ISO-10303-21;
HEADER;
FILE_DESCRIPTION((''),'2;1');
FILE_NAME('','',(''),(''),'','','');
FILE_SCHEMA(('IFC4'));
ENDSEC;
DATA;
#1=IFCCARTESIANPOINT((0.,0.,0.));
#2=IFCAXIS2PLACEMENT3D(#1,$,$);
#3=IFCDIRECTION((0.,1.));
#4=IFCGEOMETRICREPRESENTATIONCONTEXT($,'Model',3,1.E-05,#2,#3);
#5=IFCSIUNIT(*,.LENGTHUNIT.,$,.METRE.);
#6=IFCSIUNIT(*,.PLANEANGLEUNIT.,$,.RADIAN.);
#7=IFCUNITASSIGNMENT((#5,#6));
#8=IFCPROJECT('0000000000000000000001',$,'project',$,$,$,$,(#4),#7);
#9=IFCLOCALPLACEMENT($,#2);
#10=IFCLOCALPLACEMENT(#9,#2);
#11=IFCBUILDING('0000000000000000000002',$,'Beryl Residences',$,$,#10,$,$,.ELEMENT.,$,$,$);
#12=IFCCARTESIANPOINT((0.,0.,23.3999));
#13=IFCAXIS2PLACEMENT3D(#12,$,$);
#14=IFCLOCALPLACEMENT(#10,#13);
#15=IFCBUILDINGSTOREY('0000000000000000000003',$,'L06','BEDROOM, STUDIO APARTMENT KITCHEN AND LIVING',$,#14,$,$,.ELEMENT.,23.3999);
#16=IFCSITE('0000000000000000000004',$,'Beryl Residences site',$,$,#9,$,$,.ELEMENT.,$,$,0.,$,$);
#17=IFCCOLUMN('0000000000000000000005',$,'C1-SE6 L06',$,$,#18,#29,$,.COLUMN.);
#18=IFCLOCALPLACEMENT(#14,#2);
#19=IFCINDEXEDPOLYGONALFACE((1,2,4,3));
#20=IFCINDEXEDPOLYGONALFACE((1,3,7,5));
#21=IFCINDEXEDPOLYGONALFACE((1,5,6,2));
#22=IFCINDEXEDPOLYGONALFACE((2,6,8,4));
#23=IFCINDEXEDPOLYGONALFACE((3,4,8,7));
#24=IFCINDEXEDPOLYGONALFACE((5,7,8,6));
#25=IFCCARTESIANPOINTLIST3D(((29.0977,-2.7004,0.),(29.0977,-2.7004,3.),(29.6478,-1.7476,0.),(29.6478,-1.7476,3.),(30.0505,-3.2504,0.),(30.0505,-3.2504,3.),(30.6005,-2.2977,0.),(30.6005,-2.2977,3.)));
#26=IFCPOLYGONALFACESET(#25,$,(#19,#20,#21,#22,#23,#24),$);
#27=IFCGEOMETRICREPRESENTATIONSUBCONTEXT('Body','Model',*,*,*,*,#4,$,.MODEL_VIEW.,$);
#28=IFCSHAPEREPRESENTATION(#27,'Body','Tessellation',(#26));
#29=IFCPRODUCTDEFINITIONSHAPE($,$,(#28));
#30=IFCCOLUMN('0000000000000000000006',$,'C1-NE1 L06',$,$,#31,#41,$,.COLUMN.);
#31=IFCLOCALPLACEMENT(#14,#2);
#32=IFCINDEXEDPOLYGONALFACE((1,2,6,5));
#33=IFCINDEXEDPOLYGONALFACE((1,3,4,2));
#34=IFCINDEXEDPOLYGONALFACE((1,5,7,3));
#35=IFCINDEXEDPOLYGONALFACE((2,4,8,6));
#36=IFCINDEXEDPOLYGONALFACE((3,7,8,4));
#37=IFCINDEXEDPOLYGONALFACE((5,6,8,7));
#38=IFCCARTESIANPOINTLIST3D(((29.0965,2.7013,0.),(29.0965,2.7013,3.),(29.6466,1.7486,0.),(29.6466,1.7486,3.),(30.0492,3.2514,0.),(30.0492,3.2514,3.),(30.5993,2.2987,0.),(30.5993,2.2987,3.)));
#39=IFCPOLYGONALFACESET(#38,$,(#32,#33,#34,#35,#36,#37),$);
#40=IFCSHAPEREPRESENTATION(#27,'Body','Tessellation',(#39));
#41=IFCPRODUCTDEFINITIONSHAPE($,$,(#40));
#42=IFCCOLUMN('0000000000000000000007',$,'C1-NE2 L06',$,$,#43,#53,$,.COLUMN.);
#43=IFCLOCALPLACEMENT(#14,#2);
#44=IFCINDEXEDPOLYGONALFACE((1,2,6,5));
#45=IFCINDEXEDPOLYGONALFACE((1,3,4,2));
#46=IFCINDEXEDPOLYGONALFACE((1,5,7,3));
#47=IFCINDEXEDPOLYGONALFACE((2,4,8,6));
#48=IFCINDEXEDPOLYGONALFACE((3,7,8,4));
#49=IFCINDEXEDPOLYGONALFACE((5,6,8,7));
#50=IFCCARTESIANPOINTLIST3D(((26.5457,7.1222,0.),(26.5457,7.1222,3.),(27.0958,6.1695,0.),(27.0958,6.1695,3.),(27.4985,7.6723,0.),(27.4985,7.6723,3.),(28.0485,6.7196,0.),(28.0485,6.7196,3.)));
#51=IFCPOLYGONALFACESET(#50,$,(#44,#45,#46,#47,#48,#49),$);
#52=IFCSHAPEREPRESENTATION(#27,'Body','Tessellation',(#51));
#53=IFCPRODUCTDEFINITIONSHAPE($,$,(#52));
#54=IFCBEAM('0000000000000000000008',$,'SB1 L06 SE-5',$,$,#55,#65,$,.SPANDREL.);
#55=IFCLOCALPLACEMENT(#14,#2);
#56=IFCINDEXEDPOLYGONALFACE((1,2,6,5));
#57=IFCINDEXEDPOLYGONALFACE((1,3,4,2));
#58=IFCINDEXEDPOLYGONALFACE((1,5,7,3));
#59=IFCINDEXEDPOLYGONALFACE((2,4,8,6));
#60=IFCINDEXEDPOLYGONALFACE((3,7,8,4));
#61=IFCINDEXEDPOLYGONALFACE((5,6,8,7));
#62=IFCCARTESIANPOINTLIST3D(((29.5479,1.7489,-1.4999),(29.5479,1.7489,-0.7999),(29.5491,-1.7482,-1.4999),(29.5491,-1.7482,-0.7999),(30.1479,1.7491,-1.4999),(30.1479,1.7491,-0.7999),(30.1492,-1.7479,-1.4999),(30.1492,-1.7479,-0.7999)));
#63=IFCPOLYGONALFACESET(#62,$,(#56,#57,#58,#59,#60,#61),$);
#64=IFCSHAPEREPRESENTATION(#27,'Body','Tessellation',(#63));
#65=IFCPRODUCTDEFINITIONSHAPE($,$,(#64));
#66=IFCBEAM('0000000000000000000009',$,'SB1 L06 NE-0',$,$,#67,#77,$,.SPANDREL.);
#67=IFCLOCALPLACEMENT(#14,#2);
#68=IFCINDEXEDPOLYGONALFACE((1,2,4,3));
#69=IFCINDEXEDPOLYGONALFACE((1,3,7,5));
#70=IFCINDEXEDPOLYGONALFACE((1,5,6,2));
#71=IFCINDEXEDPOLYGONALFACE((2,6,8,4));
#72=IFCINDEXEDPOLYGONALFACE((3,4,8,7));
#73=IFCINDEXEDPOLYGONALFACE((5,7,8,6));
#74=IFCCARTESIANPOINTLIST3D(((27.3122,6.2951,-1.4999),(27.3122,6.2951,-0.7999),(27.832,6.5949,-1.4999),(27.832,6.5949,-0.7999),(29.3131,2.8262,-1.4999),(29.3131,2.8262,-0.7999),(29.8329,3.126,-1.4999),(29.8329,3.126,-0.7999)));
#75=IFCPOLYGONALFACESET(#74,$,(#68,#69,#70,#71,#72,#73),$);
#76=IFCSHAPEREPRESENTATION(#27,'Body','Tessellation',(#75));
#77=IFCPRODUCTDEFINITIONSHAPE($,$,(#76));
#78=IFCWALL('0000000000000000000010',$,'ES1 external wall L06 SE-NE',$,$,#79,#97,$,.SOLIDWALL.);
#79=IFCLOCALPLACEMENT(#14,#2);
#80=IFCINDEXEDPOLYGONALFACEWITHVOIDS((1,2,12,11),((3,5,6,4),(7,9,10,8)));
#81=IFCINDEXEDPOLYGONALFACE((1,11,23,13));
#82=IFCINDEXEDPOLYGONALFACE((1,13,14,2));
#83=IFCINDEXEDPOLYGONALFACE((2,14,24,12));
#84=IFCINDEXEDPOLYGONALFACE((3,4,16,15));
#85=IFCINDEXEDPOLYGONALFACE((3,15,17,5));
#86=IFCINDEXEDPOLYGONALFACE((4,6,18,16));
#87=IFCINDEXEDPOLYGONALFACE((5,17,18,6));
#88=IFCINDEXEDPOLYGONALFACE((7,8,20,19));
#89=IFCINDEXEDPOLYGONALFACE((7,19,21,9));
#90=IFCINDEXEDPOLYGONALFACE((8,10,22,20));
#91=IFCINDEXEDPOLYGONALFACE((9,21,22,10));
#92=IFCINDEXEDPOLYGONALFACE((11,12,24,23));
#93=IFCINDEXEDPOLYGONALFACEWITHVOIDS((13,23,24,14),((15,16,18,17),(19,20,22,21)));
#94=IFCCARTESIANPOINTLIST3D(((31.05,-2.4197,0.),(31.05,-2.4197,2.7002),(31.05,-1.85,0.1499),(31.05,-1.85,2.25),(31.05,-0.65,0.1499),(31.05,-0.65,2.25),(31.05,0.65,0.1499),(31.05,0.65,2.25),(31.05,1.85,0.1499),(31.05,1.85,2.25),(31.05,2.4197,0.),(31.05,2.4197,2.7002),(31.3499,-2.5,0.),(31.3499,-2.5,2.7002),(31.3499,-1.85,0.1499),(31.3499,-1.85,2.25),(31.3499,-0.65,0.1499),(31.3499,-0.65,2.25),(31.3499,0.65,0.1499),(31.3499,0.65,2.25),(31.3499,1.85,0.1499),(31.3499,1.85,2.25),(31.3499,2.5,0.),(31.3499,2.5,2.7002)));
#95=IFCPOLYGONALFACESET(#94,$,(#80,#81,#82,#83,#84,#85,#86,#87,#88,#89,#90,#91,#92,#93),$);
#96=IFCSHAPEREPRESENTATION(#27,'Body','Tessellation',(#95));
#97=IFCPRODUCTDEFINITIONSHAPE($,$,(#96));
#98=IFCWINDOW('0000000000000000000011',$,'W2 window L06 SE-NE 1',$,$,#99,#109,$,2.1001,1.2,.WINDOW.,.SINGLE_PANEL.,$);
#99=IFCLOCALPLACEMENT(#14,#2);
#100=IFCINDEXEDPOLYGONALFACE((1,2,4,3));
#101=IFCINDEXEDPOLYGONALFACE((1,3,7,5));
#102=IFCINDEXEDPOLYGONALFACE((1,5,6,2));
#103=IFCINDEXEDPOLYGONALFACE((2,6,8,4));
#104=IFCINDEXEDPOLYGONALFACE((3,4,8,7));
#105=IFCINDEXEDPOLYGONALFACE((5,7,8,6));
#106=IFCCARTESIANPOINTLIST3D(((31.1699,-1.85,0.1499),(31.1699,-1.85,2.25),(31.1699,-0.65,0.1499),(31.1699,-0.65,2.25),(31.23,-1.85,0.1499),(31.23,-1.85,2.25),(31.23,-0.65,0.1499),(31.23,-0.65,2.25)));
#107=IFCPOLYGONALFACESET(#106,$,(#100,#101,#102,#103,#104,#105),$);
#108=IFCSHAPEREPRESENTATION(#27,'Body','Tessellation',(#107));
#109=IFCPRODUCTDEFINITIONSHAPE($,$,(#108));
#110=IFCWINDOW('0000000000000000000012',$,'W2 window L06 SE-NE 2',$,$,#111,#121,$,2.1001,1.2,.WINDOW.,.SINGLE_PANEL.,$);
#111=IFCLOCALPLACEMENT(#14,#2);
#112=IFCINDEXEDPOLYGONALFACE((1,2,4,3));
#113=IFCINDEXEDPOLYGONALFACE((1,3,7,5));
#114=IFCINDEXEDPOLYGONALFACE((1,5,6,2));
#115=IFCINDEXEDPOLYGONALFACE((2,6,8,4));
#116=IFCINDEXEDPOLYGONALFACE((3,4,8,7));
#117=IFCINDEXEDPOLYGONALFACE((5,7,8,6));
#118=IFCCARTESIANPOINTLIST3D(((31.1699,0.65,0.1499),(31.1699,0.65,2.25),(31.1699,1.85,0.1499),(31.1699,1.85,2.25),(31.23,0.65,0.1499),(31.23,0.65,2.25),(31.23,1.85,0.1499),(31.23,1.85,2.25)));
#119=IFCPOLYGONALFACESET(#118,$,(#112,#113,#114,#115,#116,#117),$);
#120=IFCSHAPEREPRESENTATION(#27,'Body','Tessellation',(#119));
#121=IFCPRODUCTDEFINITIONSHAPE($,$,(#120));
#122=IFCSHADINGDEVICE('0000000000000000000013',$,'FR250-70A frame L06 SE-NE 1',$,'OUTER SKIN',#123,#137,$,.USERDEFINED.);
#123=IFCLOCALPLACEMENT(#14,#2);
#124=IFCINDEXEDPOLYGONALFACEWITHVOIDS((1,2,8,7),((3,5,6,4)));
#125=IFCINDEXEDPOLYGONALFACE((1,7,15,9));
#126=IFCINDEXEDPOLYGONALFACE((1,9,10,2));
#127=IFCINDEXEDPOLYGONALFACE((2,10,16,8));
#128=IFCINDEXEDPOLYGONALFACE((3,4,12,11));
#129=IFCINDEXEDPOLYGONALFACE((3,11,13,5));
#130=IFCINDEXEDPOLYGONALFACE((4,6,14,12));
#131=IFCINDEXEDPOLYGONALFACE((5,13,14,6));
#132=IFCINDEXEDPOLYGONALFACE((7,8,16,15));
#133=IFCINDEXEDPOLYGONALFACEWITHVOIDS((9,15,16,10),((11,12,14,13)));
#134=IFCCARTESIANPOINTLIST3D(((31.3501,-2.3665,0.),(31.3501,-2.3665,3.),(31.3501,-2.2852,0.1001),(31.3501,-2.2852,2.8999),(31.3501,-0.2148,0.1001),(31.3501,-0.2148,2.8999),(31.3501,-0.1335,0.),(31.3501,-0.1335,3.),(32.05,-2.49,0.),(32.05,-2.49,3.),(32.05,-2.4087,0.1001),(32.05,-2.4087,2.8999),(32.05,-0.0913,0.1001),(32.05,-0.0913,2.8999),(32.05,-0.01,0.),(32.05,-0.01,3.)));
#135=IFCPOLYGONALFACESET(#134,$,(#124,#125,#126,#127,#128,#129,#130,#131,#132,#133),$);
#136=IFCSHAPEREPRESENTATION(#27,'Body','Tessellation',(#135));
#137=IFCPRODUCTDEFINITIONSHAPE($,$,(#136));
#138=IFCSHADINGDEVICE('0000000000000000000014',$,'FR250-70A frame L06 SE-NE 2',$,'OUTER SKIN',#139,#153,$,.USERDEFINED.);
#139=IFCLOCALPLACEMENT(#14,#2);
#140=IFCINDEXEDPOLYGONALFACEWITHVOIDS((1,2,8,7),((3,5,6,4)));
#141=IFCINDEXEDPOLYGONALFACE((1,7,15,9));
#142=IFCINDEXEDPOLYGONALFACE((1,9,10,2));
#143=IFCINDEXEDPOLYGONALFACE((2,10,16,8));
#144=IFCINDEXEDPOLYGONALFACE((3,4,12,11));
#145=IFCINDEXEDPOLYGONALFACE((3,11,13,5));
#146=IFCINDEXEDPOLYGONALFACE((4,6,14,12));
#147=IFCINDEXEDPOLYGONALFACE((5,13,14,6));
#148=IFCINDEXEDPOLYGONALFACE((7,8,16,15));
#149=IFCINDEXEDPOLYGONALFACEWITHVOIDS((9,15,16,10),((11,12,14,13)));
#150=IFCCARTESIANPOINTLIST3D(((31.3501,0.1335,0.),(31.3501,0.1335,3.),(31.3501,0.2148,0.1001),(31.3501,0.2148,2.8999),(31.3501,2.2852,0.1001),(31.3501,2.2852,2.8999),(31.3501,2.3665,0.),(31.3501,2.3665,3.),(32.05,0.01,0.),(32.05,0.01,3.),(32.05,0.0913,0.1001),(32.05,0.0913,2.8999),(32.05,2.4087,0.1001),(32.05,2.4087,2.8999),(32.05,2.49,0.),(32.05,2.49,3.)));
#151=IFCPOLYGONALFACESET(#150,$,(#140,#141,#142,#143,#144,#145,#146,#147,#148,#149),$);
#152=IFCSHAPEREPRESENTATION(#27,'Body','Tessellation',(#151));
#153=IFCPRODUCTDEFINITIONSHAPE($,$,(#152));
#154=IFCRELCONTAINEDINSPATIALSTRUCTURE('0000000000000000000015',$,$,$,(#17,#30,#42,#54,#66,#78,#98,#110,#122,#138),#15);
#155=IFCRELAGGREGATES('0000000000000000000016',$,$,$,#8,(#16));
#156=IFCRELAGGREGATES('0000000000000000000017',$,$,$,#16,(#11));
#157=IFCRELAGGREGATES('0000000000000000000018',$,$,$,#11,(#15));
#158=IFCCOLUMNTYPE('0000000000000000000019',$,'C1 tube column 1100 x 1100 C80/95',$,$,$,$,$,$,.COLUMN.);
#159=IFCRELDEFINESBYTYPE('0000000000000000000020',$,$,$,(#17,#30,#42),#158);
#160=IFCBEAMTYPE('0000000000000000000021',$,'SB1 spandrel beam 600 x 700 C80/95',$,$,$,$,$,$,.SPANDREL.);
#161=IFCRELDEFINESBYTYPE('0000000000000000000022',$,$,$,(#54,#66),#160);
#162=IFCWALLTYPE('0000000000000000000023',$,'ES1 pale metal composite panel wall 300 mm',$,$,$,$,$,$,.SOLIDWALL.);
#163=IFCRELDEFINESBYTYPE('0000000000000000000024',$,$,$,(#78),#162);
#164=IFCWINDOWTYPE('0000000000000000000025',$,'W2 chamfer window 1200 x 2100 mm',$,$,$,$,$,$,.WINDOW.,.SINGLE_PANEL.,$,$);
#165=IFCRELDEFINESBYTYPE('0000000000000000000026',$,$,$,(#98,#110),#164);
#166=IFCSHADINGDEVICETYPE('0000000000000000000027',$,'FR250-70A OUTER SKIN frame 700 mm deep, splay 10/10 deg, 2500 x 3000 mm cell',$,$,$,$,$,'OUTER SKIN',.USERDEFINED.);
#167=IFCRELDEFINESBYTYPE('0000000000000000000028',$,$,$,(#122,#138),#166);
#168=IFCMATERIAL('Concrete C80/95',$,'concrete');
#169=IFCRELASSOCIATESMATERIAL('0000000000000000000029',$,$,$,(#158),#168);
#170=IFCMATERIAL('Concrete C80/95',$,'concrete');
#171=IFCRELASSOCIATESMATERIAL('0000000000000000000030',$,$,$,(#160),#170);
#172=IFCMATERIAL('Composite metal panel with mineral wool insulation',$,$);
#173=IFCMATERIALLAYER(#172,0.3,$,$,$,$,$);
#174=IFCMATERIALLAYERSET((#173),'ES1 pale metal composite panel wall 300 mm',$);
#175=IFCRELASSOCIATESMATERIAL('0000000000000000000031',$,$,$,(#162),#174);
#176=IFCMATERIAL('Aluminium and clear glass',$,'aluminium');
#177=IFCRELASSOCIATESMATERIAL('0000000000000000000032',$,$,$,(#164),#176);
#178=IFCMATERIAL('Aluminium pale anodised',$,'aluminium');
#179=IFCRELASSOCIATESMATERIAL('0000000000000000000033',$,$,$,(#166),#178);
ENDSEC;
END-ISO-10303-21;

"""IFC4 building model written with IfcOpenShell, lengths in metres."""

from ifc_helpers import new_model, entity, si_unit, direction, frame, frame_2d, origin, origin_2d, place, context, subcontext, project, spatial, polyline, rectangle, outline, extrude, source, transform, mapped, material, layer, layer_set, material_profile, profile_set, type_object, type_shapes, element, fill, save


model = new_model("IFC4")

# Units and contexts
model_context = context("Model", 3, precision=1e-05, world=origin(), true_north=direction((0.0, 1.0)))
body_context = subcontext(model_context, "Body", "Model", "MODEL_VIEW")
ifc_project = project(units=[si_unit("LENGTHUNIT", "METRE"), si_unit("PLANEANGLEUNIT", "RADIAN")], contexts=[model_context])

# Site, building, storey
site_placement = place(None, origin())
site = spatial("IfcSite", under=ifc_project, at=site_placement, Name="Beryl Residences site", CompositionType="ELEMENT", RefElevation=0.0)
building_placement = place(site_placement, origin())
building = spatial("IfcBuilding", under=site, at=building_placement, Name="Beryl Residences", CompositionType="ELEMENT")
storey_placement = place(building_placement, frame((0.0, 0.0, 23.3999)))
storey = spatial("IfcBuildingStorey", under=building, at=storey_placement, Name="L06", Description="BEDROOM, STUDIO APARTMENT KITCHEN AND LIVING", CompositionType="ELEMENT", Elevation=23.3999)

# Columns
ifc_material_1 = material(Name="Concrete C80/95", Category="concrete")
ifc_material_profile_1 = material_profile(ifc_material_1, rectangle(XDim=1.1001, YDim=1.1001, at=origin_2d()))
ifc_profile_set_1 = profile_set([ifc_material_profile_1], Name="Concrete C80/95")
column_type = type_object("IfcColumnType", Name="C1 tube column 1100 x 1100 C80/95", PredefinedType="COLUMN", material=ifc_profile_set_1)
for number, where, z_axis, x_axis, name in (
    (1, (29.8491, -2.499, 0.0), (0.0, 0.0, 1.0), (0.499985, 0.866034, 0.0), "C1-SE6 L06"),
    (2, (29.8479, 2.5, 0.0), (0.0, 0.0, 1.0), (-0.499985, 0.866034, 0.0), "C1-NE1 L06"),
    (3, (27.2971, 6.9209, 0.0), (0.0, 0.0, 1.0), (-0.499985, 0.866034, 0.0), "C1-NE2 L06"),
):
    element("IfcColumn", number, at=place(storey_placement, frame(where, z_axis=z_axis, x_axis=x_axis)), inside=storey, type_object=column_type, Name=name, PredefinedType="COLUMN", context=body_context, shape_type="SweptSolid", body=[
        extrude(rectangle(XDim=1.1001, YDim=1.1001, at=origin_2d()), origin(), (0.0, 0.0, 1.0), 3.0),
    ])

# Beams
ifc_material_2 = material(Name="Concrete C80/95", Category="concrete")
ifc_material_profile_2 = material_profile(ifc_material_2, rectangle(XDim=0.6001, YDim=0.7, at=origin_2d()))
ifc_profile_set_2 = profile_set([ifc_material_profile_2], Name="Concrete C80/95")
beam_type = type_object("IfcBeamType", Name="SB1 spandrel beam 600 x 700 C80/95", PredefinedType="SPANDREL", material=ifc_profile_set_2)
beam_1_placement = place(storey_placement, frame((29.8491, -1.748, -1.1499), z_axis=(-0.000349, 1.0, 0.0), x_axis=(-1.0, -0.000349, 0.0)))
element("IfcBeam", 4, at=beam_1_placement, inside=storey, type_object=beam_type, Name="SB1 L06 SE-5", PredefinedType="SPANDREL", context=body_context, shape_type="SweptSolid", body=[
    extrude(rectangle(XDim=0.6001, YDim=0.7, at=origin_2d()), origin(), (0.0, 0.0, 1.0), 3.4971),
])
beam_2_placement = place(storey_placement, frame((29.573, 2.9761, -1.1499), z_axis=(-0.499654, 0.866225, 0.0), x_axis=(-0.866225, -0.499654, 0.0)))
element("IfcBeam", 5, at=beam_2_placement, inside=storey, type_object=beam_type, Name="SB1 L06 NE-0", PredefinedType="SPANDREL", context=body_context, shape_type="SweptSolid", body=[
    extrude(rectangle(XDim=0.6001, YDim=0.7, at=origin_2d()), origin(), (0.0, 0.0, 1.0), 4.0046),
])

# Wall, openings, windows
ifc_material_3 = material(Name="Composite metal panel with mineral wool insulation")
ifc_layer = layer(ifc_material_3, 0.3)
ifc_layer_set = layer_set([ifc_layer], Name="ES1 pale metal composite panel wall 300 mm")
wall_type = type_object("IfcWallType", Name="ES1 pale metal composite panel wall 300 mm", PredefinedType="SOLIDWALL", material=ifc_layer_set)
wall_1_placement = place(storey_placement, frame((31.2, -2.5, 0.0), z_axis=(0.0, 0.0, 1.0), x_axis=(0.0, 1.0, 0.0)))
wall_1 = element("IfcWall", 6, at=wall_1_placement, inside=storey, type_object=wall_type, Name="ES1 external wall L06 SE-NE", PredefinedType="SOLIDWALL", context=body_context, shape_type="SweptSolid", body=[
    extrude(outline(polyline([(0.0, -0.1499), (5.0, -0.1499), (4.9197, 0.1499), (0.0803, 0.1499), (0.0, -0.1499)])), origin(), (0.0, 0.0, 1.0), 2.7002),
])
opening_1_placement = place(wall_1_placement, frame((0.6499, 0.0, 0.1499)))
opening_1 = element("IfcOpeningElement", 7, at=opening_1_placement, cuts=wall_1, PredefinedType="OPENING", context=body_context, shape_type="SweptSolid", body=[
    extrude(rectangle(XDim=1.2, YDim=2.1001, at=frame_2d((0.6001, 1.05))), frame((0.0, 0.1599, 0.0), z_axis=(0.0, -1.0, 0.0), x_axis=(1.0, 0.0, 0.0)), (0.0, 0.0, 1.0), 0.3201),
])
opening_2_placement = place(wall_1_placement, frame((3.1499, 0.0, 0.1499)))
opening_2 = element("IfcOpeningElement", 8, at=opening_2_placement, cuts=wall_1, PredefinedType="OPENING", context=body_context, shape_type="SweptSolid", body=[
    extrude(rectangle(XDim=1.2, YDim=2.1001, at=frame_2d((0.6001, 1.05))), frame((0.0, 0.1599, 0.0), z_axis=(0.0, -1.0, 0.0), x_axis=(1.0, 0.0, 0.0)), (0.0, 0.0, 1.0), 0.3201),
])
ifc_material_4 = material(Name="Aluminium and clear glass", Category="aluminium")
window_type_1 = type_object("IfcWindowType", Name="W2 chamfer window 1200 x 2100 mm", PartitioningType="SINGLE_PANEL", PredefinedType="WINDOW", material=ifc_material_4)
window_1_placement = place(opening_1_placement, origin())
window_1 = element("IfcWindow", 9, at=window_1_placement, inside=storey, type_object=window_type_1, Name="W2 window L06 SE-NE 1", OverallHeight=2.1001, OverallWidth=1.2, PartitioningType="SINGLE_PANEL", PredefinedType="WINDOW", context=body_context, shape_type="SweptSolid", body=[
    extrude(rectangle(XDim=1.2, YDim=2.1001, at=frame_2d((0.6001, 1.05))), frame((0.0, 0.03, 0.0), z_axis=(0.0, -1.0, 0.0), x_axis=(1.0, 0.0, 0.0)), (0.0, 0.0, 1.0), 0.0601),
])
fill(opening_1, window_1)
window_2_placement = place(opening_2_placement, origin())
window_2 = element("IfcWindow", 10, at=window_2_placement, inside=storey, type_object=window_type_1, Name="W2 window L06 SE-NE 2", OverallHeight=2.1001, OverallWidth=1.2, PartitioningType="SINGLE_PANEL", PredefinedType="WINDOW", context=body_context, shape_type="SweptSolid", body=[
    extrude(rectangle(XDim=1.2, YDim=2.1001, at=frame_2d((0.6001, 1.05))), frame((0.0, 0.03, 0.0), z_axis=(0.0, -1.0, 0.0), x_axis=(1.0, 0.0, 0.0)), (0.0, 0.0, 1.0), 0.0601),
])
fill(opening_2, window_2)

# Shading devices
ifc_material_5 = material(Name="Aluminium pale anodised", Category="aluminium")
shading_device_type_1 = type_object("IfcShadingDeviceType", Name="FR250-70A OUTER SKIN frame 700 mm deep, splay 10/10 deg, 2500 x 3000 mm cell", ElementType="OUTER SKIN", PredefinedType="USERDEFINED", material=ifc_material_5)
cartesian_point_1 = entity("IfcCartesianPoint", [-1.1165, 0.0])
cartesian_point_2 = entity("IfcCartesianPoint", [-1.0352, 0.1001])
cartesian_point_3 = entity("IfcCartesianPoint", [-1.24, 0.0])
cartesian_point_4 = entity("IfcCartesianPoint", [-1.1587, 0.1001])
shared_shape_1 = source(origin(), body_context, "Body", "SweptSolid", [
    entity("IfcExtrudedAreaSolidTapered", entity("IfcArbitraryProfileDefWithVoids", "AREA", None, entity("IfcPolyline", [cartesian_point_1, entity("IfcCartesianPoint", [1.1165, 0.0]), entity("IfcCartesianPoint", [1.1165, 3.0]), entity("IfcCartesianPoint", [-1.1165, 3.0]), cartesian_point_1]), [entity("IfcPolyline", [cartesian_point_2, entity("IfcCartesianPoint", [1.0352, 0.1001]), entity("IfcCartesianPoint", [1.0352, 2.8999]), entity("IfcCartesianPoint", [-1.0352, 2.8999]), cartesian_point_2])]), entity("IfcAxis2Placement3D", entity("IfcCartesianPoint", [0.0, 0.0, 0.0]), entity("IfcDirection", [0.0, 1.0, 0.0]), entity("IfcDirection", [-1.0, 0.0, 0.0])), entity("IfcDirection", [0.0, 0.0, 1.0]), 0.7, entity("IfcArbitraryProfileDefWithVoids", "AREA", None, entity("IfcPolyline", [cartesian_point_3, entity("IfcCartesianPoint", [1.24, 0.0]), entity("IfcCartesianPoint", [1.24, 3.0]), entity("IfcCartesianPoint", [-1.24, 3.0]), cartesian_point_3]), [entity("IfcPolyline", [cartesian_point_4, entity("IfcCartesianPoint", [1.1587, 0.1001]), entity("IfcCartesianPoint", [1.1587, 2.8999]), entity("IfcCartesianPoint", [-1.1587, 2.8999]), cartesian_point_4])])),
])
type_shapes(shading_device_type_1, [shared_shape_1])
for number, where, z_axis, x_axis, name in (
    (11, (31.3501, -1.25, 0.0), (0.0, 0.0, 1.0), (0.0, -1.0, 0.0), "FR250-70A frame L06 SE-NE 1"),
    (12, (31.3501, 1.25, 0.0), (0.0, 0.0, 1.0), (0.0, -1.0, 0.0), "FR250-70A frame L06 SE-NE 2"),
):
    element("IfcShadingDevice", number, at=place(storey_placement, frame(where, z_axis=z_axis, x_axis=x_axis)), inside=storey, type_object=shading_device_type_1, Name=name, ObjectType="OUTER SKIN", PredefinedType="USERDEFINED", context=body_context, shape_type="MappedRepresentation", body=[
        mapped(shared_shape_1, transform((0.0, 0.0, 0.0))),
    ])

save(model, "model.ifc")
